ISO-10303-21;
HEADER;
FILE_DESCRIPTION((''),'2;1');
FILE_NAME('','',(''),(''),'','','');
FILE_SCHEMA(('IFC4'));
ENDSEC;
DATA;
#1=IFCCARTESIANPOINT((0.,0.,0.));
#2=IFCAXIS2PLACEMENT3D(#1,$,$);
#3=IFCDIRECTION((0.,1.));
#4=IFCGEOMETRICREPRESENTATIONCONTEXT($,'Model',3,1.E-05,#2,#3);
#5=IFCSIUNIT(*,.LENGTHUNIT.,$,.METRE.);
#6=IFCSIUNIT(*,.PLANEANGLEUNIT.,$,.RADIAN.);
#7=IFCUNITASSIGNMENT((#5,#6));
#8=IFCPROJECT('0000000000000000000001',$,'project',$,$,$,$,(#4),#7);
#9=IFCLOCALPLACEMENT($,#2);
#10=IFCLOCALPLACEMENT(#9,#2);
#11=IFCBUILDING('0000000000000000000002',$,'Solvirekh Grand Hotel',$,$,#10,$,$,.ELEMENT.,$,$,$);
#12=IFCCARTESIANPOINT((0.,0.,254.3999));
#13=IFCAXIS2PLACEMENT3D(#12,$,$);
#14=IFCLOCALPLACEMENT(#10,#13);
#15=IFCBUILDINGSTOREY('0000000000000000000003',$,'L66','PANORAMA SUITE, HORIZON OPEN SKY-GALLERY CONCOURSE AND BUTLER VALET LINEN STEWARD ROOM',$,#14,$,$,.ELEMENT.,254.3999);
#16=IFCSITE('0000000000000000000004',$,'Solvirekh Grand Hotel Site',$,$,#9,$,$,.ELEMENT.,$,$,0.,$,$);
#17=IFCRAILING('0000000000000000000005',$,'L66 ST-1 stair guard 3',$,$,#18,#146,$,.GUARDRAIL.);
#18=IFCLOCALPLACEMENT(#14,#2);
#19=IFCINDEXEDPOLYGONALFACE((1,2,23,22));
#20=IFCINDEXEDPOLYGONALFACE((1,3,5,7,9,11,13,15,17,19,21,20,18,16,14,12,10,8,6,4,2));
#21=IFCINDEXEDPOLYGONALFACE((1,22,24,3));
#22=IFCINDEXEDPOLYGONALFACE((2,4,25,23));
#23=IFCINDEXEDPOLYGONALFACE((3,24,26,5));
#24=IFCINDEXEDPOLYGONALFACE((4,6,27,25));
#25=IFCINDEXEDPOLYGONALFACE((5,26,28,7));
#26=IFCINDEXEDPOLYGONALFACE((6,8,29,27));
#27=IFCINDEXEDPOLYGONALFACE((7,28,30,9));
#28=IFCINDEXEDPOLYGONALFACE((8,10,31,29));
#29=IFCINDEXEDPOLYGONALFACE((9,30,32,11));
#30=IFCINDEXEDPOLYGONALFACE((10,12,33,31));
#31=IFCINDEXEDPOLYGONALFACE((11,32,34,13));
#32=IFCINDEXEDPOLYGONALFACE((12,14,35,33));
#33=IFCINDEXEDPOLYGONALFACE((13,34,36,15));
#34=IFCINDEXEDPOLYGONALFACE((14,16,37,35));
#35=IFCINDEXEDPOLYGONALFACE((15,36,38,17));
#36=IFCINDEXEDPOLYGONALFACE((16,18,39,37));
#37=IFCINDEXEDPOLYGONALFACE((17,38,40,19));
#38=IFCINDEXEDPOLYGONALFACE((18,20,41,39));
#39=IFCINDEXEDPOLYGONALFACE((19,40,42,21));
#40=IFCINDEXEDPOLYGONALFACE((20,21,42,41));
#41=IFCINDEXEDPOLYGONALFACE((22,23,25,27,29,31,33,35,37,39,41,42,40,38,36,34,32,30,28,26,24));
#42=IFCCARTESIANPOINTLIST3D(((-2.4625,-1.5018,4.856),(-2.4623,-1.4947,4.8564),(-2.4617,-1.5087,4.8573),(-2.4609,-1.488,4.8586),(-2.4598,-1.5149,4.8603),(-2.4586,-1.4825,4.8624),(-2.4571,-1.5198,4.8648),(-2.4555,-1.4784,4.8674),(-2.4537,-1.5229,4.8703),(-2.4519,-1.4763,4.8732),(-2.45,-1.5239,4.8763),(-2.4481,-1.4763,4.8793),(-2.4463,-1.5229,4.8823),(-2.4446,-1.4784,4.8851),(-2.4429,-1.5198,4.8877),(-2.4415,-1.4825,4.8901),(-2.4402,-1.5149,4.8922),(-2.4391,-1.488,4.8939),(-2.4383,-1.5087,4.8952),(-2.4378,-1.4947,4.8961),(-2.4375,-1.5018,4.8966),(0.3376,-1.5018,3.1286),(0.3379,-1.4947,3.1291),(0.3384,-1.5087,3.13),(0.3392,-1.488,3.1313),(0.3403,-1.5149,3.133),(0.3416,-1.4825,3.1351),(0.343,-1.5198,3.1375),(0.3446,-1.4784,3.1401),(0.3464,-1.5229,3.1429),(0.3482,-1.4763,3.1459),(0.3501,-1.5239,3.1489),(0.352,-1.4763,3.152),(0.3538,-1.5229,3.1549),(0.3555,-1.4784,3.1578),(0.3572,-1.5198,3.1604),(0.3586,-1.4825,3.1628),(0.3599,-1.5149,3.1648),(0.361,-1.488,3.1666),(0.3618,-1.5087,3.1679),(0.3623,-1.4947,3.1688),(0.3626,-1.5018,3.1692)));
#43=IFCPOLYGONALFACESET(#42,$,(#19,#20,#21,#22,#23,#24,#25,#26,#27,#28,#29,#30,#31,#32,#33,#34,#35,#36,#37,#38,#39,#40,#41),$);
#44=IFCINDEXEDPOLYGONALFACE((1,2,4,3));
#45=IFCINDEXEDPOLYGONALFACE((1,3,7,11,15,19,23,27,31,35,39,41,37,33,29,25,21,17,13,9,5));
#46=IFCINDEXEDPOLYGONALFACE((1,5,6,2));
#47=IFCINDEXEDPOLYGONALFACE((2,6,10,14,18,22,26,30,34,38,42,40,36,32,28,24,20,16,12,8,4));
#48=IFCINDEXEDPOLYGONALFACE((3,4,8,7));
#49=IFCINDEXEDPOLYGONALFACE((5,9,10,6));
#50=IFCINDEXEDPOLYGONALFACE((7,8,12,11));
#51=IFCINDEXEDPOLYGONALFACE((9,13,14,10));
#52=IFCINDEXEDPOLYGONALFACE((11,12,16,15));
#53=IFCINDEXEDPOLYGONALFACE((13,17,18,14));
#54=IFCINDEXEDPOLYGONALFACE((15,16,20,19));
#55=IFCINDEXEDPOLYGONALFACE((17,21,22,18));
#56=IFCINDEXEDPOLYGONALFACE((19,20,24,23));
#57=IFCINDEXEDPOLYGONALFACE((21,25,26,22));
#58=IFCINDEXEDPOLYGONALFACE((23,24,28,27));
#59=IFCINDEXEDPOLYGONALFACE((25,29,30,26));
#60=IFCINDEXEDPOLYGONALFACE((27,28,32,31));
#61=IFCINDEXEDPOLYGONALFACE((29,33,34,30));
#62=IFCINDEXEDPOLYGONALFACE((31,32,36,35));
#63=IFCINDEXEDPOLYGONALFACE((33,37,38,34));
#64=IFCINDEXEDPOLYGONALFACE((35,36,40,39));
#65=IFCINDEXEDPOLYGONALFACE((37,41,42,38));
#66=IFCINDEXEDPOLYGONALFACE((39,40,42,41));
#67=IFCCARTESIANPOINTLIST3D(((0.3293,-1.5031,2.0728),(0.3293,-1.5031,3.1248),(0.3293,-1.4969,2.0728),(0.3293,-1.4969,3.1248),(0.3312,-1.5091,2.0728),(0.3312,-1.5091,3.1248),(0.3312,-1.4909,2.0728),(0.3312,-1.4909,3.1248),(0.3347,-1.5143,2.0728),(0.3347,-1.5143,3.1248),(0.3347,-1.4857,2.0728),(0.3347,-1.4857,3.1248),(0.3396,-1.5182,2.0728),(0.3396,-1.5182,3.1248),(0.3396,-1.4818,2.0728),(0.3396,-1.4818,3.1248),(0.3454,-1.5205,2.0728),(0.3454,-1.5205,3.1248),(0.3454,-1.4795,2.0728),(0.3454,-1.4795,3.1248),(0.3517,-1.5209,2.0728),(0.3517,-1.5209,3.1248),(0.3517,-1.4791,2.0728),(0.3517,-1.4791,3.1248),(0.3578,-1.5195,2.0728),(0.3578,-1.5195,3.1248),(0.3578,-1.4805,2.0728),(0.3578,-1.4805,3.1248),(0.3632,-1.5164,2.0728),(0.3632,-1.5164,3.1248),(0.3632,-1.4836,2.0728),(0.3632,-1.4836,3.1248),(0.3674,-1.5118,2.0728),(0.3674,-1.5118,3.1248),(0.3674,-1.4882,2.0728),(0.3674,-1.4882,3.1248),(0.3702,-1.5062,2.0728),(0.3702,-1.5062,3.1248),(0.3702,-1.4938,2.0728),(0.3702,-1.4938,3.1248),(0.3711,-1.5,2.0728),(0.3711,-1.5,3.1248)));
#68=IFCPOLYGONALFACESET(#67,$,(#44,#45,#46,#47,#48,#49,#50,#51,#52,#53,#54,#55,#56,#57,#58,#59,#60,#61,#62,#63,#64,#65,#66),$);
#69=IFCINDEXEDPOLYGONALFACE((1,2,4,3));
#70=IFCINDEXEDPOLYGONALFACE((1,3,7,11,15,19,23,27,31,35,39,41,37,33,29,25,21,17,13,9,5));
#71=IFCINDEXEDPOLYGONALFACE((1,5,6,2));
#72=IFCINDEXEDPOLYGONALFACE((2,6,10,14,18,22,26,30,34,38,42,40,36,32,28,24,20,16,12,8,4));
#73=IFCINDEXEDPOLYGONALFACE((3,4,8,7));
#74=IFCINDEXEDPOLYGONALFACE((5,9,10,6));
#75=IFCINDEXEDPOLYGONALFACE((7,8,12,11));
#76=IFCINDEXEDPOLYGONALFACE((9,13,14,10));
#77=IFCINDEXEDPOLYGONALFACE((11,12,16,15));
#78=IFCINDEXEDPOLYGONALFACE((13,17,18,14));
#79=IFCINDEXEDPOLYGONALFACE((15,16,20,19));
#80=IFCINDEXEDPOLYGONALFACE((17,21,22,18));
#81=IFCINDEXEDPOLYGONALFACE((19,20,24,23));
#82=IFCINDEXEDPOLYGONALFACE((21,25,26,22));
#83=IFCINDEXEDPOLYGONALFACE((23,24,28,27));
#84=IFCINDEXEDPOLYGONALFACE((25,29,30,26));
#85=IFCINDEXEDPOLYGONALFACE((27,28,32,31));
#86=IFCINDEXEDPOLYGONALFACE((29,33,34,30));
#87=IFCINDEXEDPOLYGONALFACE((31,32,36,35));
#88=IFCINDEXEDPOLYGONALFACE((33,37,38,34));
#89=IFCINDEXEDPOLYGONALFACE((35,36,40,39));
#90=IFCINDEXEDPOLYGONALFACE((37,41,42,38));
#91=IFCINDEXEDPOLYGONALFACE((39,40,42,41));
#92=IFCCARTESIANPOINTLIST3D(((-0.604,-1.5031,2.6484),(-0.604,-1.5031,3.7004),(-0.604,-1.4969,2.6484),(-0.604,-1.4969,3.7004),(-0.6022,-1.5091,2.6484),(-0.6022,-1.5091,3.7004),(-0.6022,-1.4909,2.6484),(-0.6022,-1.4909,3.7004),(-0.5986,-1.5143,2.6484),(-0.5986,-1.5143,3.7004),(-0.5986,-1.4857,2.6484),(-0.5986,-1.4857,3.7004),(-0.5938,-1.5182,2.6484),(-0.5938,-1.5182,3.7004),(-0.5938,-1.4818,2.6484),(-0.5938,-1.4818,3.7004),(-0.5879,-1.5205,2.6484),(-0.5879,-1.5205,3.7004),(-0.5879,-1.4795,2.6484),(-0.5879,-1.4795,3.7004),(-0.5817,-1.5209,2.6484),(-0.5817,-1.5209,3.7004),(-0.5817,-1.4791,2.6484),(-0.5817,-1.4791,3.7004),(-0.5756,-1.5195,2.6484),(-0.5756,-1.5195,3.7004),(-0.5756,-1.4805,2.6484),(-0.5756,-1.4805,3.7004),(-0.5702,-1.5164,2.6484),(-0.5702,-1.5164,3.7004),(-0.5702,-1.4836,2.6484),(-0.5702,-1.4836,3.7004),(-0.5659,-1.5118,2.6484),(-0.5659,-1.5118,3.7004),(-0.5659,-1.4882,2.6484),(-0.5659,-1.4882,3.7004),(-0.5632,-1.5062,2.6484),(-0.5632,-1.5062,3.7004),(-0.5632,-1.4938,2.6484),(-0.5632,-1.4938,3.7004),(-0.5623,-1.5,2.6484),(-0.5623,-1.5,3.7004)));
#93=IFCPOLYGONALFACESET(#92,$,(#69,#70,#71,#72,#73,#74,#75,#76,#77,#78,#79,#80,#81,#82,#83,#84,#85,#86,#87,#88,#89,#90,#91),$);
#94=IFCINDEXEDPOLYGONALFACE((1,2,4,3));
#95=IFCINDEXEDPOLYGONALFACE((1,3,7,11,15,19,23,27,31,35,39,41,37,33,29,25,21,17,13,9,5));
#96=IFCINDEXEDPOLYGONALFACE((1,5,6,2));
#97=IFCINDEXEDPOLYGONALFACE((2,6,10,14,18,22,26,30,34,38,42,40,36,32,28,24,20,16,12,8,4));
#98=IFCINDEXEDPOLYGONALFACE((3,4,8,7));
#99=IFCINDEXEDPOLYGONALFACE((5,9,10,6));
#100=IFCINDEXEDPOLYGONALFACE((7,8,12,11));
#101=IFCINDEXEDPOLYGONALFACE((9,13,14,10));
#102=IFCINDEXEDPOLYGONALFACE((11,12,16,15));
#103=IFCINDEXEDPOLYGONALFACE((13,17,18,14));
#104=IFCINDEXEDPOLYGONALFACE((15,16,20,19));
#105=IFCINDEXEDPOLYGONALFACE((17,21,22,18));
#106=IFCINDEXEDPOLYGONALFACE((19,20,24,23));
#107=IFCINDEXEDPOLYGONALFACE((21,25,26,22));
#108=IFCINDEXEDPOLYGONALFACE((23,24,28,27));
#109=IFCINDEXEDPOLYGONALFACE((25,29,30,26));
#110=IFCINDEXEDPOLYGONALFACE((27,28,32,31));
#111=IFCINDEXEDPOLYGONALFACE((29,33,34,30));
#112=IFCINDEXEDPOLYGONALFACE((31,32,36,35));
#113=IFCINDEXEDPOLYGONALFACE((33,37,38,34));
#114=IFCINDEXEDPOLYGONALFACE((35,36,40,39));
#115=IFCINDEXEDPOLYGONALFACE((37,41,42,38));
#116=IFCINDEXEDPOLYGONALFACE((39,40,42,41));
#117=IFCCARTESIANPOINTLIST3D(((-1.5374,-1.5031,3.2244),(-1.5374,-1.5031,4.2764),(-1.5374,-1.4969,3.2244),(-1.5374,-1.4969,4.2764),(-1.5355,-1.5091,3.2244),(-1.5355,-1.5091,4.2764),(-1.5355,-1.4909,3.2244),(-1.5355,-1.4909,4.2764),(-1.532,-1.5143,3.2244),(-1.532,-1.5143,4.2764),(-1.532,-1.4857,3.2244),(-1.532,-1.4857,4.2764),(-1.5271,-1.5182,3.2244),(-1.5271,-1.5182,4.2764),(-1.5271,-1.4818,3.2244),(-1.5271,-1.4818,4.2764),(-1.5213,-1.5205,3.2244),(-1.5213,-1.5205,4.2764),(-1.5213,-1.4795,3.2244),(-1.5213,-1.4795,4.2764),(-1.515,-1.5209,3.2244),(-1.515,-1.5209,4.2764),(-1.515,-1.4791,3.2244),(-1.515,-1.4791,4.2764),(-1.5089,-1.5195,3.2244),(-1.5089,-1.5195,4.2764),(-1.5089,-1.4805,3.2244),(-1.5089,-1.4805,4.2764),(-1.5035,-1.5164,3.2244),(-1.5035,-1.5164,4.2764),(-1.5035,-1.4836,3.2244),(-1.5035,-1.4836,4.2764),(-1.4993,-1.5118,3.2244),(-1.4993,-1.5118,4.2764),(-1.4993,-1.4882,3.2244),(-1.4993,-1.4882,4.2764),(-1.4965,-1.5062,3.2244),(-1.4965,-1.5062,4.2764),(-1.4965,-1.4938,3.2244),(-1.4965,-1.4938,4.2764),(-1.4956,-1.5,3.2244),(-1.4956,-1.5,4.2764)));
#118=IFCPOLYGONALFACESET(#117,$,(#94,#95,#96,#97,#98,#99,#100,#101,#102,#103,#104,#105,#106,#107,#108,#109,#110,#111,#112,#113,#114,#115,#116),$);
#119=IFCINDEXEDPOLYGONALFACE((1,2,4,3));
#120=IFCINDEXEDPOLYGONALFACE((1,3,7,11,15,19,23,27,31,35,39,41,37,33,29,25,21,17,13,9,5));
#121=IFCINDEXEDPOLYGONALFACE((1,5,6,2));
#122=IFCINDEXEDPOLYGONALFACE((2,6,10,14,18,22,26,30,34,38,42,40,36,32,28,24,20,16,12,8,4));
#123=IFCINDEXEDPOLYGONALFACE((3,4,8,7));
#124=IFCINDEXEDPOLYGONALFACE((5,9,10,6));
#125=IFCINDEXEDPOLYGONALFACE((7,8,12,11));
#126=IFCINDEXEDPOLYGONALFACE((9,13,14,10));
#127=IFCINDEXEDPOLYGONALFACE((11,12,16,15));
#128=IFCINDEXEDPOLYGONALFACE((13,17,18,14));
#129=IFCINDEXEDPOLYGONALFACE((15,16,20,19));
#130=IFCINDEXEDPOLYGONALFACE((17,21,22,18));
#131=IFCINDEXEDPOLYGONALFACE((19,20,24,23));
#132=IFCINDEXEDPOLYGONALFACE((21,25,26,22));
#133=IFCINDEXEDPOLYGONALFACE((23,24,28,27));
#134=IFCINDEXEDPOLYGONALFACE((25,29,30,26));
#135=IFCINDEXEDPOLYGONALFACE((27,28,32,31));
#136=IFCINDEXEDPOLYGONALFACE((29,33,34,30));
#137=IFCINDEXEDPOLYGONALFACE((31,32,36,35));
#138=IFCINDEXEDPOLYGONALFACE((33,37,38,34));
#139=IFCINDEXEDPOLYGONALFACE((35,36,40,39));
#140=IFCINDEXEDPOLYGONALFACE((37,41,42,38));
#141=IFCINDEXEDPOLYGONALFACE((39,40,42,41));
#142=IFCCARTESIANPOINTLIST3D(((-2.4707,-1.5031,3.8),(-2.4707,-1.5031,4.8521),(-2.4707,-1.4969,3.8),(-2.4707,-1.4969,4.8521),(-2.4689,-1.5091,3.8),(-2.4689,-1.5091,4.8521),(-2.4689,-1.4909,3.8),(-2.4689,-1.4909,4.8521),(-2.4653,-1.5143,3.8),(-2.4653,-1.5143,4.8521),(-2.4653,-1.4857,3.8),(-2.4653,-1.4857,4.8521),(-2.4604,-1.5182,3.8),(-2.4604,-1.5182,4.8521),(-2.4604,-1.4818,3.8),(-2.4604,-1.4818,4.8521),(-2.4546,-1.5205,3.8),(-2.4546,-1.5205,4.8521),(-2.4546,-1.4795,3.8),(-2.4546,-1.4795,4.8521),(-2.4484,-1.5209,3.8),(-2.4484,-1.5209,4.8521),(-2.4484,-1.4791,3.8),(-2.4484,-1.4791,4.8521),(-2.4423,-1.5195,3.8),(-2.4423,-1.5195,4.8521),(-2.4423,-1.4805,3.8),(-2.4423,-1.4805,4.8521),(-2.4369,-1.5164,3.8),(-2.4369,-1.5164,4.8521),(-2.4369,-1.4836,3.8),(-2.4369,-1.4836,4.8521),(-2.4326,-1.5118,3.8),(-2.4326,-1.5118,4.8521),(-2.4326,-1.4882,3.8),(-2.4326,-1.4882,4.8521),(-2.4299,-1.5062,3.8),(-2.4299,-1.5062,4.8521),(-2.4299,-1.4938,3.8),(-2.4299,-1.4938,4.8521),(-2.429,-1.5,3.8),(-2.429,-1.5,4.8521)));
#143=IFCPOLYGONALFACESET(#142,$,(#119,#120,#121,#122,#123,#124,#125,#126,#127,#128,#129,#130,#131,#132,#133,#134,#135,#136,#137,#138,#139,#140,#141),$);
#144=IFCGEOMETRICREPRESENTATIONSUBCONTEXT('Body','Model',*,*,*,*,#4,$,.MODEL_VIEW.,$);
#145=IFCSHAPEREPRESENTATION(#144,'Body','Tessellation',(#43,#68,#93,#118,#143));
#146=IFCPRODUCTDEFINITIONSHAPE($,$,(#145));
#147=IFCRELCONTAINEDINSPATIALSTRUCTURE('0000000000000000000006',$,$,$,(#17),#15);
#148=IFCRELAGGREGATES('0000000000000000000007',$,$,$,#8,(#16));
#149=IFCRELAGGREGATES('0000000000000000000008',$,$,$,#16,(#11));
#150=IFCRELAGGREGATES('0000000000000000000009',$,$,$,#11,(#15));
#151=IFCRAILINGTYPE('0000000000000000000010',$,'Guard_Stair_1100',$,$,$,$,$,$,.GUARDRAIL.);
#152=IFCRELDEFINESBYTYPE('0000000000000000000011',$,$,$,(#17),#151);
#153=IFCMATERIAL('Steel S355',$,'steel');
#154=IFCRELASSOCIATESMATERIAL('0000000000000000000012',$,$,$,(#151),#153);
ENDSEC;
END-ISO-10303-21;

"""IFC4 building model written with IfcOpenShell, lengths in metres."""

from ifc_helpers import new_model, si_unit, direction, frame, origin, origin_2d, place, context, subcontext, project, spatial, circle, extrude, material, type_object, element, save


model = new_model("IFC4")

# Units and contexts
model_context = context("Model", 3, precision=1e-05, world=origin(), true_north=direction((0.0, 1.0)))
body_context = subcontext(model_context, "Body", "Model", "MODEL_VIEW")
ifc_project = project(units=[si_unit("LENGTHUNIT", "METRE"), si_unit("PLANEANGLEUNIT", "RADIAN")], contexts=[model_context])

# Site, building, storey
site_placement = place(None, origin())
site = spatial("IfcSite", under=ifc_project, at=site_placement, Name="Solvirekh Grand Hotel Site", CompositionType="ELEMENT", RefElevation=0.0)
building_placement = place(site_placement, origin())
building = spatial("IfcBuilding", under=site, at=building_placement, Name="Solvirekh Grand Hotel", CompositionType="ELEMENT")
storey_placement = place(building_placement, frame((0.0, 0.0, 254.3999)))
storey = spatial("IfcBuildingStorey", under=building, at=storey_placement, Name="L66", Description="PANORAMA SUITE, HORIZON OPEN SKY-GALLERY CONCOURSE AND BUTLER VALET LINEN STEWARD ROOM", CompositionType="ELEMENT", Elevation=254.3999)

# Shared definitions
ifc_material_1 = material(Name="Steel S355", Category="steel")

# Railing
railing_type_1 = type_object("IfcRailingType", Name="Guard_Stair_1100", PredefinedType="GUARDRAIL", material=ifc_material_1)
railing_1_placement = place(storey_placement, frame((0.3501, -1.5, 2.0728)))
element("IfcRailing", 1, at=railing_1_placement, inside=storey, type_object=railing_type_1, Name="L66 ST-1 stair guard 3", PredefinedType="GUARDRAIL", context=body_context, shape_type="SweptSolid", body=[
    extrude(circle(Radius=0.0239, at=origin_2d()), frame((0.0, 0.0, 1.0762), z_axis=(-0.85109, 0.0, 0.52502), x_axis=(0.0, -1.0, 0.0)), (0.0, 0.0, 1.0), 3.29),
    extrude(circle(Radius=0.021, at=origin_2d()), origin(), (0.0, 0.0, 1.0), 1.052),
    extrude(circle(Radius=0.021, at=origin_2d()), frame((-0.9333, 0.0, 0.5757)), (0.0, 0.0, 1.0), 1.052),
    extrude(circle(Radius=0.021, at=origin_2d()), frame((-1.8667, 0.0, 1.1516)), (0.0, 0.0, 1.0), 1.052),
    extrude(circle(Radius=0.021, at=origin_2d()), frame((-2.8, 0.0, 1.7273)), (0.0, 0.0, 1.0), 1.052),
])

save(model, "model.ifc")
